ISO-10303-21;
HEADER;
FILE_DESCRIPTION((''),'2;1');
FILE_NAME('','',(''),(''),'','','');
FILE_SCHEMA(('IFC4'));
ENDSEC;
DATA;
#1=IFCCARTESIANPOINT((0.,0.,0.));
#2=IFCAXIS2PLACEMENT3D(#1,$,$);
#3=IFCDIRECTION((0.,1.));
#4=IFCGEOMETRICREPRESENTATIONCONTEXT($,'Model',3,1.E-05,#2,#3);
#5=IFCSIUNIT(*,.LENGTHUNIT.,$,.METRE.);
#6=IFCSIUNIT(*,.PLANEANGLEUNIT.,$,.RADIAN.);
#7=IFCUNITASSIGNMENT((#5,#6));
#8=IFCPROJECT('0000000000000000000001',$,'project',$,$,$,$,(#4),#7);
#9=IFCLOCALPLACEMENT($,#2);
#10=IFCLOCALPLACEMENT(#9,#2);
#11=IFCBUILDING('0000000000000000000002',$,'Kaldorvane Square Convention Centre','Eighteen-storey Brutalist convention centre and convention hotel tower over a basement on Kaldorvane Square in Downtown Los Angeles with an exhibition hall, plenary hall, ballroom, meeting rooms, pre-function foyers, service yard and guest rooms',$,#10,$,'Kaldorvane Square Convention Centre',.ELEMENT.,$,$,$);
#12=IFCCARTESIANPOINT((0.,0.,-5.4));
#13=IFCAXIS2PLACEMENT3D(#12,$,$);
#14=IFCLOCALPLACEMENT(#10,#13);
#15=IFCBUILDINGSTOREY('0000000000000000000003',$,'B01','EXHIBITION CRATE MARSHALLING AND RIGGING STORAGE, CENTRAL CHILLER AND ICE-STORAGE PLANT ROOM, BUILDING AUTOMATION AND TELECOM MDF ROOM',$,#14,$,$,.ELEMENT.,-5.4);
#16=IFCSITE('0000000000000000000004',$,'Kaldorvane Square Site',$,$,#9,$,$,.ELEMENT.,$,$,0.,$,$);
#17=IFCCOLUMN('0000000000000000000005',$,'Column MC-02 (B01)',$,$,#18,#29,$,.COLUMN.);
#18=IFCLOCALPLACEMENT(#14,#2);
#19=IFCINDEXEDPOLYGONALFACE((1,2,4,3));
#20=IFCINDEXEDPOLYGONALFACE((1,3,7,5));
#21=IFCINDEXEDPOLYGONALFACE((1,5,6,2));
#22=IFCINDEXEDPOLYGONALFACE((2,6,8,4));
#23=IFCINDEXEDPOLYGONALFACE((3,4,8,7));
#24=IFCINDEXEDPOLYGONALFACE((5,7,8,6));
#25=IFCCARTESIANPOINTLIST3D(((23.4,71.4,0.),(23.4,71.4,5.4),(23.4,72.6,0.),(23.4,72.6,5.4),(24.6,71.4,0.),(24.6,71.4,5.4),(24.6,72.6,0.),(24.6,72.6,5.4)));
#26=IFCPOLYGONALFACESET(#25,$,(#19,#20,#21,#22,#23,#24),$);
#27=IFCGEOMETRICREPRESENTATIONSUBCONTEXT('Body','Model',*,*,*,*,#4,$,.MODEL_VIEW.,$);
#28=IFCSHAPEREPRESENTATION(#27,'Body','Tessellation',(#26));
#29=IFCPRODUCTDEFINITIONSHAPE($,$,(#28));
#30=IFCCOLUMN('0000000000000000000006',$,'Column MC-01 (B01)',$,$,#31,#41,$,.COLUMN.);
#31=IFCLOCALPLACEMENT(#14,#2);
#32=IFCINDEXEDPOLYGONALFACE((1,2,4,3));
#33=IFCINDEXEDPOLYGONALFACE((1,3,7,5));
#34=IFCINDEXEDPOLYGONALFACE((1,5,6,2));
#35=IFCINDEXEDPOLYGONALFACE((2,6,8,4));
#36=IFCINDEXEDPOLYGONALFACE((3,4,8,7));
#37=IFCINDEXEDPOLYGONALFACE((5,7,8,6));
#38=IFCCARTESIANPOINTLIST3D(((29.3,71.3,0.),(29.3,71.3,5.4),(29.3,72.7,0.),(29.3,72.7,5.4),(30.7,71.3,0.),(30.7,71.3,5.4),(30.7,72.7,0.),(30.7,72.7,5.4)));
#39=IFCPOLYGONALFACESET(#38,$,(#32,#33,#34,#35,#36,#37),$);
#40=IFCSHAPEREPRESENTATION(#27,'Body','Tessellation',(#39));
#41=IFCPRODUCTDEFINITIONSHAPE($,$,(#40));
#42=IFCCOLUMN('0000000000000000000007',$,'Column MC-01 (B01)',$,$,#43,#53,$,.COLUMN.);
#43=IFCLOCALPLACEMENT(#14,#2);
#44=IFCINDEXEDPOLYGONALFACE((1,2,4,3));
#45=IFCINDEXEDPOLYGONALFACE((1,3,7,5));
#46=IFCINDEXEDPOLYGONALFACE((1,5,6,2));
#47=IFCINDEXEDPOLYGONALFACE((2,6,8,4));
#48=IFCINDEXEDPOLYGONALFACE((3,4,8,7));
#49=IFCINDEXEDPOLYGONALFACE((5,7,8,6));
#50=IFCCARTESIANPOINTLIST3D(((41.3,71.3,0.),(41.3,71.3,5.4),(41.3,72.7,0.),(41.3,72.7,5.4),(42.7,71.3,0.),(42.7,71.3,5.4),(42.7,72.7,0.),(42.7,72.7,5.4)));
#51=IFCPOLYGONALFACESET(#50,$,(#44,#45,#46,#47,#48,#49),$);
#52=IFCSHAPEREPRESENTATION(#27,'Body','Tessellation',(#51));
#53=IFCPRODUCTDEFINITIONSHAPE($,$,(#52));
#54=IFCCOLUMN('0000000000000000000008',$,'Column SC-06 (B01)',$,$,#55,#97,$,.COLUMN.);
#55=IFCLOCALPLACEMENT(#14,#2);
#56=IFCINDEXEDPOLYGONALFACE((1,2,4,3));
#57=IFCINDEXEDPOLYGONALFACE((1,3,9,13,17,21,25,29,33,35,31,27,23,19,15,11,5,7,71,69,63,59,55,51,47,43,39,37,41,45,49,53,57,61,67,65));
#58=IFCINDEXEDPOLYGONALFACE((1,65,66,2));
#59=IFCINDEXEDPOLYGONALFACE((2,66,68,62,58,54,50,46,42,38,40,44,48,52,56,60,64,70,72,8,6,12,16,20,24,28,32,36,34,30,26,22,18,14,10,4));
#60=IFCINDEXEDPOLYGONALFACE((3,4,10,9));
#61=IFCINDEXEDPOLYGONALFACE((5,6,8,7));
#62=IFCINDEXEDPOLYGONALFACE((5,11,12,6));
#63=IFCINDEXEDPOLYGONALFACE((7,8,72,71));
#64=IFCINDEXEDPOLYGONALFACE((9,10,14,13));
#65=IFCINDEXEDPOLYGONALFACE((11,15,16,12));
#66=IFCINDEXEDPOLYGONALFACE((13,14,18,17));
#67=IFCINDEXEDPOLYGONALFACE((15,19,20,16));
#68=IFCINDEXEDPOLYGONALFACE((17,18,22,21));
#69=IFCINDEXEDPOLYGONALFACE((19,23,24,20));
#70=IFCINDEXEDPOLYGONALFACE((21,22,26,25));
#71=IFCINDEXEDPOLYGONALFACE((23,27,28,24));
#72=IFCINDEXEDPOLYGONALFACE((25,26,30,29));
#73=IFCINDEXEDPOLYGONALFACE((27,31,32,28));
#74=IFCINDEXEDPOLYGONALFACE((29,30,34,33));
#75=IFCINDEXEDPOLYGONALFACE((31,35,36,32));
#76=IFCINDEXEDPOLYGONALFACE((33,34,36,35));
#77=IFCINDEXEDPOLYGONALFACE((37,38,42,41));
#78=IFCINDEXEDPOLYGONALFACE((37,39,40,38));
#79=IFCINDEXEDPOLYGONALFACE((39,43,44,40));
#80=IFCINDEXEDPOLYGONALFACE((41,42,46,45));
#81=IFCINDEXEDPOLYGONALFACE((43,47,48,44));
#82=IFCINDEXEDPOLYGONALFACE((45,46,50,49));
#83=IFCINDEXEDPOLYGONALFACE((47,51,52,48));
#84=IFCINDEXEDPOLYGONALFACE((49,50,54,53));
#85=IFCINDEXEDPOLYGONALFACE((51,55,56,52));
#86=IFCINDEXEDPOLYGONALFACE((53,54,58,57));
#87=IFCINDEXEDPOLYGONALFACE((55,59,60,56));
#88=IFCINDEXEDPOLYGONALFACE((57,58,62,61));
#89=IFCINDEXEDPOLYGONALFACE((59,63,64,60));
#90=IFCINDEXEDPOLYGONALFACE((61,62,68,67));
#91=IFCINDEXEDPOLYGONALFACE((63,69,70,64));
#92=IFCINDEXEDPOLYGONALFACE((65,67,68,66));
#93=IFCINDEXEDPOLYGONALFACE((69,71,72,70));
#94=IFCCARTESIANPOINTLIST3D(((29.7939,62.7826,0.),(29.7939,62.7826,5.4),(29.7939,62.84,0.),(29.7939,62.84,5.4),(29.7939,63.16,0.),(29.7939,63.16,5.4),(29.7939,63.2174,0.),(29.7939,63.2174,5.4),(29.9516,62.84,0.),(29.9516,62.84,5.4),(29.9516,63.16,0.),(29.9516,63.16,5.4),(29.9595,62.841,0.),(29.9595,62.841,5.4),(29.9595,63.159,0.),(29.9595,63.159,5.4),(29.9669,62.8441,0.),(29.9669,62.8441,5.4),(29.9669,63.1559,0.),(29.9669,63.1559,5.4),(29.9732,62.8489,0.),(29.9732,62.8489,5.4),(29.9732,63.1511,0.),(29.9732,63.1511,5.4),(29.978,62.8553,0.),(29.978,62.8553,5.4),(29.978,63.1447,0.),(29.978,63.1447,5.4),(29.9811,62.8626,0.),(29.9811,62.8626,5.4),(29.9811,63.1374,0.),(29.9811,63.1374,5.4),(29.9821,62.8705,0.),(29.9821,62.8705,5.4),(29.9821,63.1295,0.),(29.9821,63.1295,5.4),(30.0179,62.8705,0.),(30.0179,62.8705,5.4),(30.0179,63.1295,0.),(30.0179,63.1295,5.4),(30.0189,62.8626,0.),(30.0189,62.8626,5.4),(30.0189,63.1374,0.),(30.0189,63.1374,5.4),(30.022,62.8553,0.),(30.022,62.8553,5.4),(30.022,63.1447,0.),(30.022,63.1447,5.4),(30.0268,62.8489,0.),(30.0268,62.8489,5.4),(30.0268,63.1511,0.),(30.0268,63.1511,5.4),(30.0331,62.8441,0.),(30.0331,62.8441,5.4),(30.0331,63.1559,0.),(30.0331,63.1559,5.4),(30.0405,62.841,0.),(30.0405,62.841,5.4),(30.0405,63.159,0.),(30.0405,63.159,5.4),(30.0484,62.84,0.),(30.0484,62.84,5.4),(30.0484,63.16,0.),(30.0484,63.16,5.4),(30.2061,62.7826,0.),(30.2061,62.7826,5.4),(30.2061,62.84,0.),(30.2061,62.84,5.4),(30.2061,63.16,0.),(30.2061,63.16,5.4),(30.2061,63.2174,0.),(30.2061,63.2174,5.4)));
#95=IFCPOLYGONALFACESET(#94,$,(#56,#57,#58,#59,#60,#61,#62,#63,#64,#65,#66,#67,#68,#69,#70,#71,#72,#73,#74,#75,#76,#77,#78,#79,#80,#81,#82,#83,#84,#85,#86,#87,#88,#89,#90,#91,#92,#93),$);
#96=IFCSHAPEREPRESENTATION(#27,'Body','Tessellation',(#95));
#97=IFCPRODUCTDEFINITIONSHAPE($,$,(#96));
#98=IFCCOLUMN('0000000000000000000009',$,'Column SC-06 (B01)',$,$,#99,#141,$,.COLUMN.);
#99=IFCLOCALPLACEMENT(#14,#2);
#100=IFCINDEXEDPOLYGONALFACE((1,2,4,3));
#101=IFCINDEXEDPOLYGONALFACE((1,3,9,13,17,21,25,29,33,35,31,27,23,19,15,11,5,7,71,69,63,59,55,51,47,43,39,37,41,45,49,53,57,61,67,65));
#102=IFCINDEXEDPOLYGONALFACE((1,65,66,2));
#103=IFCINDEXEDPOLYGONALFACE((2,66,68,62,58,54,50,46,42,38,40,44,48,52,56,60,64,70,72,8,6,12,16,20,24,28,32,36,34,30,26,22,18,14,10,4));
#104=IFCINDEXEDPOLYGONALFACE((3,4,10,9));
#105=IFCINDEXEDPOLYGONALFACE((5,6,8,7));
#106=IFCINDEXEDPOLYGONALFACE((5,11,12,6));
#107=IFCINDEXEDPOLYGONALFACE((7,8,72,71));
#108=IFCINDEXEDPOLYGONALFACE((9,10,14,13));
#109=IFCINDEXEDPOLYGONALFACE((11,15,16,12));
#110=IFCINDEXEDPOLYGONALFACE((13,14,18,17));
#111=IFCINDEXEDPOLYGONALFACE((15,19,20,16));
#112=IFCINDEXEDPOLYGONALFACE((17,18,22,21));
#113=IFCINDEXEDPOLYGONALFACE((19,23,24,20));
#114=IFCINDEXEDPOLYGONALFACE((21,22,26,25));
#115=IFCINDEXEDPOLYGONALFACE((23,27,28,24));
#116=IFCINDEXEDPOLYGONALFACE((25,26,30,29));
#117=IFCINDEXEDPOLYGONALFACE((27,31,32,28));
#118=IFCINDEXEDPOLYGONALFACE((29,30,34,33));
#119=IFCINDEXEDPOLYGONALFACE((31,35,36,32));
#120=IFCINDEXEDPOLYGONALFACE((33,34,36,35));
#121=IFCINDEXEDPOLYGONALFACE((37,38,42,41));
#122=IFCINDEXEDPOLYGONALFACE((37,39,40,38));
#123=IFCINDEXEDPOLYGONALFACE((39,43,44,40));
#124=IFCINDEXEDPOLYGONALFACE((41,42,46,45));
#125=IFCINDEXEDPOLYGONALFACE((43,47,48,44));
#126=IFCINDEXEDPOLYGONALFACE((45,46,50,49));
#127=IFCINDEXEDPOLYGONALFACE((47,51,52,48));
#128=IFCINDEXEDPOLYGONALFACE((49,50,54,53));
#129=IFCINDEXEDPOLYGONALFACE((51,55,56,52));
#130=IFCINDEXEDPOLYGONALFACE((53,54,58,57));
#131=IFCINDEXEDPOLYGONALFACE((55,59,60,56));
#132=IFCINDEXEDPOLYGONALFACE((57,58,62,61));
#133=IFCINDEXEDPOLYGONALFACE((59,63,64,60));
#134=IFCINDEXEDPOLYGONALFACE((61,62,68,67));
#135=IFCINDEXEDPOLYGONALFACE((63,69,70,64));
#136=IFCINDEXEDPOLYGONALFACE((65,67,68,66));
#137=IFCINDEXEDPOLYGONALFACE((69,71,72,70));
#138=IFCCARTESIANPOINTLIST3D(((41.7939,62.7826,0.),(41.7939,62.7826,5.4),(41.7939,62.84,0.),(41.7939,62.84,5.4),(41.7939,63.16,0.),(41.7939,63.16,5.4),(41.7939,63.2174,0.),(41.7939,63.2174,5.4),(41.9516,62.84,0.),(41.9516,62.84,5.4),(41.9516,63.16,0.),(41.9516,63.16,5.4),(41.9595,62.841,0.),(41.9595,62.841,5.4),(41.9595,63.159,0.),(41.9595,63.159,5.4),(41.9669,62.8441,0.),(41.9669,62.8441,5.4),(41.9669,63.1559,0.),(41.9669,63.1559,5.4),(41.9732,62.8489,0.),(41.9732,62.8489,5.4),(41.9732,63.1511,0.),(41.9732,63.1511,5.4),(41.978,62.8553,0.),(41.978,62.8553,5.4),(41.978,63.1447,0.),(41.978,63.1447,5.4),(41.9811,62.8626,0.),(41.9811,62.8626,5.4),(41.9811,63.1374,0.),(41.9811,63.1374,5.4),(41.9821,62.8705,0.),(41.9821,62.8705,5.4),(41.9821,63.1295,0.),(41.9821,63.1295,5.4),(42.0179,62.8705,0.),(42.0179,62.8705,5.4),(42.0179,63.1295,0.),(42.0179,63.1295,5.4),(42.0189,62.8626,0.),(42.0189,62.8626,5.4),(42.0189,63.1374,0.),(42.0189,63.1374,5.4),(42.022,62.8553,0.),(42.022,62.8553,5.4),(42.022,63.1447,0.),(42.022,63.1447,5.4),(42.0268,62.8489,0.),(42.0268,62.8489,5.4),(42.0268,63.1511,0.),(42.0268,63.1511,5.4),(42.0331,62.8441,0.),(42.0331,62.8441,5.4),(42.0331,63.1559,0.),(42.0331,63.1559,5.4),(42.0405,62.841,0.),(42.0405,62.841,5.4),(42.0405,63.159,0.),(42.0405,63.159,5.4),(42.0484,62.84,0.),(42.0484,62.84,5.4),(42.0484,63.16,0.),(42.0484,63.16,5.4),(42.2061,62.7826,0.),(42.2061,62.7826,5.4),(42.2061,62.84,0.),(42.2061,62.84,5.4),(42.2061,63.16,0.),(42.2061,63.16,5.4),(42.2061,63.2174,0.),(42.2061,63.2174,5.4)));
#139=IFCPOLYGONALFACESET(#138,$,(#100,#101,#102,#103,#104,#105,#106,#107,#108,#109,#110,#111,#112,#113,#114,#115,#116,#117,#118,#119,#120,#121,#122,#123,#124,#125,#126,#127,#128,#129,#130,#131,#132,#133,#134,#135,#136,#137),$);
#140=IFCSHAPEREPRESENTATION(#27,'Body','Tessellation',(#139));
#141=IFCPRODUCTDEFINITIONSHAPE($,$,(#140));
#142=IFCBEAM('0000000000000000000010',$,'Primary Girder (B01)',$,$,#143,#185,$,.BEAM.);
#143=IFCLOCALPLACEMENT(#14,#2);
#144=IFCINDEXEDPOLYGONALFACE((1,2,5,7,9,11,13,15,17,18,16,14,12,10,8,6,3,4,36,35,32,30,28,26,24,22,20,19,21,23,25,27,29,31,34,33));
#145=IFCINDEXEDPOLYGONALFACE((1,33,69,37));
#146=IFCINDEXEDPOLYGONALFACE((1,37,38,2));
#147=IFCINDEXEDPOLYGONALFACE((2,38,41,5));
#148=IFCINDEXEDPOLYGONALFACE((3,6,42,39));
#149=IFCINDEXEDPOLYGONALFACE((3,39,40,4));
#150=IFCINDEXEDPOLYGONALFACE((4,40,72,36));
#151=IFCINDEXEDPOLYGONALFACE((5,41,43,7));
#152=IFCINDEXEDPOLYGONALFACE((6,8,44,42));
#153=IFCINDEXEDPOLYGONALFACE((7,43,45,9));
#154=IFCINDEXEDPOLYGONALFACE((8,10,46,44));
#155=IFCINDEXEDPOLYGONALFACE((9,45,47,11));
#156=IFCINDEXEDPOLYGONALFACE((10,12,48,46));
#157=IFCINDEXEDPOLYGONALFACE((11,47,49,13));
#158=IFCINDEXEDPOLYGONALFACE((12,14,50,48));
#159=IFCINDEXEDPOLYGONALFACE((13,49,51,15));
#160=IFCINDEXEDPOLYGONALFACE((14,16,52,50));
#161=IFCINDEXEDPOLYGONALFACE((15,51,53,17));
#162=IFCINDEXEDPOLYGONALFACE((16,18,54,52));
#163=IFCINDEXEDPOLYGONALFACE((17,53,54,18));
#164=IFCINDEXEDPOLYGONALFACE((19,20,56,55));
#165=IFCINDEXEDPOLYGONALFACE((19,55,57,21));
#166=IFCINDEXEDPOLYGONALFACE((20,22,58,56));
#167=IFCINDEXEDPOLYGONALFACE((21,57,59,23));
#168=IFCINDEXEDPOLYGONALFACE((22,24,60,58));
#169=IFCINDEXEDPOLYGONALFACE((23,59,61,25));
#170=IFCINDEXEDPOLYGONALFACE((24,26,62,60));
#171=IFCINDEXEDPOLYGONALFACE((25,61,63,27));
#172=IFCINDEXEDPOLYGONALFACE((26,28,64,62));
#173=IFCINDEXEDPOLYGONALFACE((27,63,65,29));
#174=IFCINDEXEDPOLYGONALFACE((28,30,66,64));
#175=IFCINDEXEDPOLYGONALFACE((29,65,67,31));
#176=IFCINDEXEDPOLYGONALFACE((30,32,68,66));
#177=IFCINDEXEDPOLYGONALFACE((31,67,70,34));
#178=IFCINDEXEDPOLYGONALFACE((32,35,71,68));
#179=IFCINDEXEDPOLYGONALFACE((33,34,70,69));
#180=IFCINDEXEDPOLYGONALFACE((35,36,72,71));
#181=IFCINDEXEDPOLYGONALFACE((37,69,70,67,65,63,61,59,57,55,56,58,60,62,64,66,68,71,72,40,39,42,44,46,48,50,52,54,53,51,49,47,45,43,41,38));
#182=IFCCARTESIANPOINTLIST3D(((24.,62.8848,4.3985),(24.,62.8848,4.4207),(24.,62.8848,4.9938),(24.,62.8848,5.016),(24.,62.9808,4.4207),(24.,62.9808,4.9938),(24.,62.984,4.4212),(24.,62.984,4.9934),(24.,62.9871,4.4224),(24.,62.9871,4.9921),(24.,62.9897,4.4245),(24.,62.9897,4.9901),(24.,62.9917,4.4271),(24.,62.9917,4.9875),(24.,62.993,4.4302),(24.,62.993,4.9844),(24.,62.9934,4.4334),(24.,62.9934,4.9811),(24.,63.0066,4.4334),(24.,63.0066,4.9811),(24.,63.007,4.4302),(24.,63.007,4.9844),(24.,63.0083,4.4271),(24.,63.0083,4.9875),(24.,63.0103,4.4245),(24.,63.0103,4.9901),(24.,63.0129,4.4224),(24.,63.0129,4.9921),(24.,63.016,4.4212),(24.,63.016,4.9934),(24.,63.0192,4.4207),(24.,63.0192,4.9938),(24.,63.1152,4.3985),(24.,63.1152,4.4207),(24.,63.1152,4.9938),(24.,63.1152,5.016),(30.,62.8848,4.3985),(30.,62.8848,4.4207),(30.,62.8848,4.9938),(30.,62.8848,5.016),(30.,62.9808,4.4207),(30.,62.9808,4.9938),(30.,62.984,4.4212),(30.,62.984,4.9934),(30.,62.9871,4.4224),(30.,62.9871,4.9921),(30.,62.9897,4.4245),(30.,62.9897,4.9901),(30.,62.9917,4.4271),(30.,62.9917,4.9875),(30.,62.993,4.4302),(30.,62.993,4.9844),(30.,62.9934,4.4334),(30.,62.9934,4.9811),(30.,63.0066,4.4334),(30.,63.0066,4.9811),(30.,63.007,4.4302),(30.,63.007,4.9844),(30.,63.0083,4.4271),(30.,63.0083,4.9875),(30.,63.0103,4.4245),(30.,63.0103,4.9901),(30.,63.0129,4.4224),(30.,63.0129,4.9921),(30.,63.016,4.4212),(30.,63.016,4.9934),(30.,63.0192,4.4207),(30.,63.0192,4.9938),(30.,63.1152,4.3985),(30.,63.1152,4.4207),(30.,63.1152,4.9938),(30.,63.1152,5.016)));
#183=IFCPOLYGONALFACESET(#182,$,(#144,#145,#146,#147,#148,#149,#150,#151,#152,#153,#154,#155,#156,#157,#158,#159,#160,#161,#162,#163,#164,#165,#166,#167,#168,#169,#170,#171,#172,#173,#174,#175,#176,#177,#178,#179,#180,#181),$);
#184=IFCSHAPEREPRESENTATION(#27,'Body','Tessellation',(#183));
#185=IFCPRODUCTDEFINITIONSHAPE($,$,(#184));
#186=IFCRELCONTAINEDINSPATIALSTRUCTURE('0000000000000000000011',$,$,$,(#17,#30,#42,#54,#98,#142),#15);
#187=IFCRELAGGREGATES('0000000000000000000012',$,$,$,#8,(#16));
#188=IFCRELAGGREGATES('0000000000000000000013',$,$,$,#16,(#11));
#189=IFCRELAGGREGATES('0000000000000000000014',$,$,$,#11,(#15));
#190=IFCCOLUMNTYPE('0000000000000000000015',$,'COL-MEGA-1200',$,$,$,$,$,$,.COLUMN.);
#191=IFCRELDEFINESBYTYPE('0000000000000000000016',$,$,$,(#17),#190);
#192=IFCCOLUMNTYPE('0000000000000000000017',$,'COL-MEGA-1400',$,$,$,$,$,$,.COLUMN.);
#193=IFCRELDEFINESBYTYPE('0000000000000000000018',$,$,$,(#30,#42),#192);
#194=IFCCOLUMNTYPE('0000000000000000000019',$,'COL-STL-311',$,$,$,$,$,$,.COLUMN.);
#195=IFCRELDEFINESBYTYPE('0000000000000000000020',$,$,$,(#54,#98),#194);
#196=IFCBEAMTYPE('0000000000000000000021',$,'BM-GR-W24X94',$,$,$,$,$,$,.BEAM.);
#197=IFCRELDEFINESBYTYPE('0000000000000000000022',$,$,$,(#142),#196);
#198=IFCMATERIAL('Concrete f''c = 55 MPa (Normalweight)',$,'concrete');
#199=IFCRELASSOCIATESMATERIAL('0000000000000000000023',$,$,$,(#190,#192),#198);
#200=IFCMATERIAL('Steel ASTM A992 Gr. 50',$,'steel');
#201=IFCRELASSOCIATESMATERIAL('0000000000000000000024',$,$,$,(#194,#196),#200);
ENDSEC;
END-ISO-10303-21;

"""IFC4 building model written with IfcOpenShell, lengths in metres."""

from ifc_helpers import new_model, si_unit, direction, frame, origin, origin_2d, place, context, subcontext, project, spatial, rectangle, i_section, extrude, material, material_profile, profile_set, type_object, element, save


model = new_model("IFC4")

# Units and contexts
model_context = context("Model", 3, precision=1e-05, world=origin(), true_north=direction((0.0, 1.0)))
body_context = subcontext(model_context, "Body", "Model", "MODEL_VIEW")
ifc_project = project(units=[si_unit("LENGTHUNIT", "METRE"), si_unit("PLANEANGLEUNIT", "RADIAN")], contexts=[model_context])

# Site, building, storey
site_placement = place(None, origin())
site = spatial("IfcSite", under=ifc_project, at=site_placement, Name="Kaldorvane Square Site", CompositionType="ELEMENT", RefElevation=0.0)
building_placement = place(site_placement, origin())
building = spatial("IfcBuilding", under=site, at=building_placement, Name="Kaldorvane Square Convention Centre", Description="Eighteen-storey Brutalist convention centre and convention hotel tower over a basement on Kaldorvane Square in Downtown Los Angeles with an exhibition hall, plenary hall, ballroom, meeting rooms, pre-function foyers, service yard and guest rooms", LongName="Kaldorvane Square Convention Centre", CompositionType="ELEMENT")
storey_placement = place(building_placement, frame((0.0, 0.0, -5.4)))
storey = spatial("IfcBuildingStorey", under=building, at=storey_placement, Name="B01", Description="EXHIBITION CRATE MARSHALLING AND RIGGING STORAGE, CENTRAL CHILLER AND ICE-STORAGE PLANT ROOM, BUILDING AUTOMATION AND TELECOM MDF ROOM", CompositionType="ELEMENT", Elevation=-5.4)

# Columns
ifc_material_1 = material(Name="Concrete f'c = 55 MPa (Normalweight)", Category="concrete")
ifc_material_profile_1 = material_profile(ifc_material_1, rectangle(XDim=1.2, YDim=1.2, at=origin_2d()), Name="RC1200X1200")
ifc_profile_set_1 = profile_set([ifc_material_profile_1], Name="Concrete f'c = 55 MPa (Normalweight)")
column_type_1 = type_object("IfcColumnType", Name="COL-MEGA-1200", PredefinedType="COLUMN", material=ifc_profile_set_1)
column_placement = place(storey_placement, frame((24.0, 72.0, 0.0), z_axis=(0.0, 0.0, 1.0), x_axis=(1.0, 0.0, 0.0)))
element("IfcColumn", 1, at=column_placement, inside=storey, type_object=column_type_1, Name="Column MC-02 (B01)", PredefinedType="COLUMN", context=body_context, shape_type="SweptSolid", body=[
    extrude(rectangle(XDim=1.2, YDim=1.2, at=origin_2d()), origin(), (0.0, 0.0, 1.0), 5.4),
])
ifc_material_profile_2 = material_profile(ifc_material_1, rectangle(XDim=1.4, YDim=1.4, at=origin_2d()), Name="RC1400X1400")
ifc_profile_set_2 = profile_set([ifc_material_profile_2], Name="Concrete f'c = 55 MPa (Normalweight)")
column_type_2 = type_object("IfcColumnType", Name="COL-MEGA-1400", PredefinedType="COLUMN", material=ifc_profile_set_2)
for number, where, z_axis, x_axis, name in (
    (2, (30.0, 72.0, 0.0), (0.0, 0.0, 1.0), (1.0, 0.0, 0.0), "Column MC-01 (B01)"),
    (3, (42.0, 72.0, 0.0), (0.0, 0.0, 1.0), (1.0, 0.0, 0.0), "Column MC-01 (B01)"),
):
    element("IfcColumn", number, at=place(storey_placement, frame(where, z_axis=z_axis, x_axis=x_axis)), inside=storey, type_object=column_type_2, Name=name, PredefinedType="COLUMN", context=body_context, shape_type="SweptSolid", body=[
        extrude(rectangle(XDim=1.4, YDim=1.4, at=origin_2d()), origin(), (0.0, 0.0, 1.0), 5.4),
    ])
ifc_material_2 = material(Name="Steel ASTM A992 Gr. 50", Category="steel")
ifc_material_profile_3 = material_profile(ifc_material_2, i_section(OverallWidth=0.4122, OverallDepth=0.4348, WebThickness=0.0358, FlangeThickness=0.0574, FilletRadius=0.0305, at=origin_2d()), Name="W14X311")
ifc_profile_set_3 = profile_set([ifc_material_profile_3], Name="Steel ASTM A992 Gr. 50")
column_type_3 = type_object("IfcColumnType", Name="COL-STL-311", PredefinedType="COLUMN", material=ifc_profile_set_3)
for number, where, z_axis, x_axis, name in (
    (4, (30.0, 63.0, 0.0), (0.0, 0.0, 1.0), (1.0, 0.0, 0.0), "Column SC-06 (B01)"),
    (5, (42.0, 63.0, 0.0), (0.0, 0.0, 1.0), (1.0, 0.0, 0.0), "Column SC-06 (B01)"),
):
    element("IfcColumn", number, at=place(storey_placement, frame(where, z_axis=z_axis, x_axis=x_axis)), inside=storey, type_object=column_type_3, Name=name, PredefinedType="COLUMN", context=body_context, shape_type="SweptSolid", body=[
        extrude(i_section(OverallWidth=0.4122, OverallDepth=0.4348, WebThickness=0.0358, FlangeThickness=0.0574, FilletRadius=0.0305, at=origin_2d()), origin(), (0.0, 0.0, 1.0), 5.4),
    ])

# Beam
ifc_material_profile_4 = material_profile(ifc_material_2, i_section(OverallWidth=0.2303, OverallDepth=0.6175, WebThickness=0.0131, FlangeThickness=0.0222, FilletRadius=0.0127, at=origin_2d()), Name="W24X94")
ifc_profile_set_4 = profile_set([ifc_material_profile_4], Name="Steel ASTM A992 Gr. 50")
beam_type_1 = type_object("IfcBeamType", Name="BM-GR-W24X94", PredefinedType="BEAM", material=ifc_profile_set_4)
for number, where, z_axis, x_axis, name in (
    (6, (24.0, 63.0, 4.7073), (1.0, 0.0, 0.0), (0.0, 1.0, 0.0), "Primary Girder (B01)"),
):
    element("IfcBeam", number, at=place(storey_placement, frame(where, z_axis=z_axis, x_axis=x_axis)), inside=storey, type_object=beam_type_1, Name=name, PredefinedType="BEAM", context=body_context, shape_type="SweptSolid", body=[
        extrude(i_section(OverallWidth=0.2303, OverallDepth=0.6175, WebThickness=0.0131, FlangeThickness=0.0222, FilletRadius=0.0127, at=origin_2d()), origin(), (0.0, 0.0, 1.0), 6.0),
    ])

save(model, "model.ifc")
